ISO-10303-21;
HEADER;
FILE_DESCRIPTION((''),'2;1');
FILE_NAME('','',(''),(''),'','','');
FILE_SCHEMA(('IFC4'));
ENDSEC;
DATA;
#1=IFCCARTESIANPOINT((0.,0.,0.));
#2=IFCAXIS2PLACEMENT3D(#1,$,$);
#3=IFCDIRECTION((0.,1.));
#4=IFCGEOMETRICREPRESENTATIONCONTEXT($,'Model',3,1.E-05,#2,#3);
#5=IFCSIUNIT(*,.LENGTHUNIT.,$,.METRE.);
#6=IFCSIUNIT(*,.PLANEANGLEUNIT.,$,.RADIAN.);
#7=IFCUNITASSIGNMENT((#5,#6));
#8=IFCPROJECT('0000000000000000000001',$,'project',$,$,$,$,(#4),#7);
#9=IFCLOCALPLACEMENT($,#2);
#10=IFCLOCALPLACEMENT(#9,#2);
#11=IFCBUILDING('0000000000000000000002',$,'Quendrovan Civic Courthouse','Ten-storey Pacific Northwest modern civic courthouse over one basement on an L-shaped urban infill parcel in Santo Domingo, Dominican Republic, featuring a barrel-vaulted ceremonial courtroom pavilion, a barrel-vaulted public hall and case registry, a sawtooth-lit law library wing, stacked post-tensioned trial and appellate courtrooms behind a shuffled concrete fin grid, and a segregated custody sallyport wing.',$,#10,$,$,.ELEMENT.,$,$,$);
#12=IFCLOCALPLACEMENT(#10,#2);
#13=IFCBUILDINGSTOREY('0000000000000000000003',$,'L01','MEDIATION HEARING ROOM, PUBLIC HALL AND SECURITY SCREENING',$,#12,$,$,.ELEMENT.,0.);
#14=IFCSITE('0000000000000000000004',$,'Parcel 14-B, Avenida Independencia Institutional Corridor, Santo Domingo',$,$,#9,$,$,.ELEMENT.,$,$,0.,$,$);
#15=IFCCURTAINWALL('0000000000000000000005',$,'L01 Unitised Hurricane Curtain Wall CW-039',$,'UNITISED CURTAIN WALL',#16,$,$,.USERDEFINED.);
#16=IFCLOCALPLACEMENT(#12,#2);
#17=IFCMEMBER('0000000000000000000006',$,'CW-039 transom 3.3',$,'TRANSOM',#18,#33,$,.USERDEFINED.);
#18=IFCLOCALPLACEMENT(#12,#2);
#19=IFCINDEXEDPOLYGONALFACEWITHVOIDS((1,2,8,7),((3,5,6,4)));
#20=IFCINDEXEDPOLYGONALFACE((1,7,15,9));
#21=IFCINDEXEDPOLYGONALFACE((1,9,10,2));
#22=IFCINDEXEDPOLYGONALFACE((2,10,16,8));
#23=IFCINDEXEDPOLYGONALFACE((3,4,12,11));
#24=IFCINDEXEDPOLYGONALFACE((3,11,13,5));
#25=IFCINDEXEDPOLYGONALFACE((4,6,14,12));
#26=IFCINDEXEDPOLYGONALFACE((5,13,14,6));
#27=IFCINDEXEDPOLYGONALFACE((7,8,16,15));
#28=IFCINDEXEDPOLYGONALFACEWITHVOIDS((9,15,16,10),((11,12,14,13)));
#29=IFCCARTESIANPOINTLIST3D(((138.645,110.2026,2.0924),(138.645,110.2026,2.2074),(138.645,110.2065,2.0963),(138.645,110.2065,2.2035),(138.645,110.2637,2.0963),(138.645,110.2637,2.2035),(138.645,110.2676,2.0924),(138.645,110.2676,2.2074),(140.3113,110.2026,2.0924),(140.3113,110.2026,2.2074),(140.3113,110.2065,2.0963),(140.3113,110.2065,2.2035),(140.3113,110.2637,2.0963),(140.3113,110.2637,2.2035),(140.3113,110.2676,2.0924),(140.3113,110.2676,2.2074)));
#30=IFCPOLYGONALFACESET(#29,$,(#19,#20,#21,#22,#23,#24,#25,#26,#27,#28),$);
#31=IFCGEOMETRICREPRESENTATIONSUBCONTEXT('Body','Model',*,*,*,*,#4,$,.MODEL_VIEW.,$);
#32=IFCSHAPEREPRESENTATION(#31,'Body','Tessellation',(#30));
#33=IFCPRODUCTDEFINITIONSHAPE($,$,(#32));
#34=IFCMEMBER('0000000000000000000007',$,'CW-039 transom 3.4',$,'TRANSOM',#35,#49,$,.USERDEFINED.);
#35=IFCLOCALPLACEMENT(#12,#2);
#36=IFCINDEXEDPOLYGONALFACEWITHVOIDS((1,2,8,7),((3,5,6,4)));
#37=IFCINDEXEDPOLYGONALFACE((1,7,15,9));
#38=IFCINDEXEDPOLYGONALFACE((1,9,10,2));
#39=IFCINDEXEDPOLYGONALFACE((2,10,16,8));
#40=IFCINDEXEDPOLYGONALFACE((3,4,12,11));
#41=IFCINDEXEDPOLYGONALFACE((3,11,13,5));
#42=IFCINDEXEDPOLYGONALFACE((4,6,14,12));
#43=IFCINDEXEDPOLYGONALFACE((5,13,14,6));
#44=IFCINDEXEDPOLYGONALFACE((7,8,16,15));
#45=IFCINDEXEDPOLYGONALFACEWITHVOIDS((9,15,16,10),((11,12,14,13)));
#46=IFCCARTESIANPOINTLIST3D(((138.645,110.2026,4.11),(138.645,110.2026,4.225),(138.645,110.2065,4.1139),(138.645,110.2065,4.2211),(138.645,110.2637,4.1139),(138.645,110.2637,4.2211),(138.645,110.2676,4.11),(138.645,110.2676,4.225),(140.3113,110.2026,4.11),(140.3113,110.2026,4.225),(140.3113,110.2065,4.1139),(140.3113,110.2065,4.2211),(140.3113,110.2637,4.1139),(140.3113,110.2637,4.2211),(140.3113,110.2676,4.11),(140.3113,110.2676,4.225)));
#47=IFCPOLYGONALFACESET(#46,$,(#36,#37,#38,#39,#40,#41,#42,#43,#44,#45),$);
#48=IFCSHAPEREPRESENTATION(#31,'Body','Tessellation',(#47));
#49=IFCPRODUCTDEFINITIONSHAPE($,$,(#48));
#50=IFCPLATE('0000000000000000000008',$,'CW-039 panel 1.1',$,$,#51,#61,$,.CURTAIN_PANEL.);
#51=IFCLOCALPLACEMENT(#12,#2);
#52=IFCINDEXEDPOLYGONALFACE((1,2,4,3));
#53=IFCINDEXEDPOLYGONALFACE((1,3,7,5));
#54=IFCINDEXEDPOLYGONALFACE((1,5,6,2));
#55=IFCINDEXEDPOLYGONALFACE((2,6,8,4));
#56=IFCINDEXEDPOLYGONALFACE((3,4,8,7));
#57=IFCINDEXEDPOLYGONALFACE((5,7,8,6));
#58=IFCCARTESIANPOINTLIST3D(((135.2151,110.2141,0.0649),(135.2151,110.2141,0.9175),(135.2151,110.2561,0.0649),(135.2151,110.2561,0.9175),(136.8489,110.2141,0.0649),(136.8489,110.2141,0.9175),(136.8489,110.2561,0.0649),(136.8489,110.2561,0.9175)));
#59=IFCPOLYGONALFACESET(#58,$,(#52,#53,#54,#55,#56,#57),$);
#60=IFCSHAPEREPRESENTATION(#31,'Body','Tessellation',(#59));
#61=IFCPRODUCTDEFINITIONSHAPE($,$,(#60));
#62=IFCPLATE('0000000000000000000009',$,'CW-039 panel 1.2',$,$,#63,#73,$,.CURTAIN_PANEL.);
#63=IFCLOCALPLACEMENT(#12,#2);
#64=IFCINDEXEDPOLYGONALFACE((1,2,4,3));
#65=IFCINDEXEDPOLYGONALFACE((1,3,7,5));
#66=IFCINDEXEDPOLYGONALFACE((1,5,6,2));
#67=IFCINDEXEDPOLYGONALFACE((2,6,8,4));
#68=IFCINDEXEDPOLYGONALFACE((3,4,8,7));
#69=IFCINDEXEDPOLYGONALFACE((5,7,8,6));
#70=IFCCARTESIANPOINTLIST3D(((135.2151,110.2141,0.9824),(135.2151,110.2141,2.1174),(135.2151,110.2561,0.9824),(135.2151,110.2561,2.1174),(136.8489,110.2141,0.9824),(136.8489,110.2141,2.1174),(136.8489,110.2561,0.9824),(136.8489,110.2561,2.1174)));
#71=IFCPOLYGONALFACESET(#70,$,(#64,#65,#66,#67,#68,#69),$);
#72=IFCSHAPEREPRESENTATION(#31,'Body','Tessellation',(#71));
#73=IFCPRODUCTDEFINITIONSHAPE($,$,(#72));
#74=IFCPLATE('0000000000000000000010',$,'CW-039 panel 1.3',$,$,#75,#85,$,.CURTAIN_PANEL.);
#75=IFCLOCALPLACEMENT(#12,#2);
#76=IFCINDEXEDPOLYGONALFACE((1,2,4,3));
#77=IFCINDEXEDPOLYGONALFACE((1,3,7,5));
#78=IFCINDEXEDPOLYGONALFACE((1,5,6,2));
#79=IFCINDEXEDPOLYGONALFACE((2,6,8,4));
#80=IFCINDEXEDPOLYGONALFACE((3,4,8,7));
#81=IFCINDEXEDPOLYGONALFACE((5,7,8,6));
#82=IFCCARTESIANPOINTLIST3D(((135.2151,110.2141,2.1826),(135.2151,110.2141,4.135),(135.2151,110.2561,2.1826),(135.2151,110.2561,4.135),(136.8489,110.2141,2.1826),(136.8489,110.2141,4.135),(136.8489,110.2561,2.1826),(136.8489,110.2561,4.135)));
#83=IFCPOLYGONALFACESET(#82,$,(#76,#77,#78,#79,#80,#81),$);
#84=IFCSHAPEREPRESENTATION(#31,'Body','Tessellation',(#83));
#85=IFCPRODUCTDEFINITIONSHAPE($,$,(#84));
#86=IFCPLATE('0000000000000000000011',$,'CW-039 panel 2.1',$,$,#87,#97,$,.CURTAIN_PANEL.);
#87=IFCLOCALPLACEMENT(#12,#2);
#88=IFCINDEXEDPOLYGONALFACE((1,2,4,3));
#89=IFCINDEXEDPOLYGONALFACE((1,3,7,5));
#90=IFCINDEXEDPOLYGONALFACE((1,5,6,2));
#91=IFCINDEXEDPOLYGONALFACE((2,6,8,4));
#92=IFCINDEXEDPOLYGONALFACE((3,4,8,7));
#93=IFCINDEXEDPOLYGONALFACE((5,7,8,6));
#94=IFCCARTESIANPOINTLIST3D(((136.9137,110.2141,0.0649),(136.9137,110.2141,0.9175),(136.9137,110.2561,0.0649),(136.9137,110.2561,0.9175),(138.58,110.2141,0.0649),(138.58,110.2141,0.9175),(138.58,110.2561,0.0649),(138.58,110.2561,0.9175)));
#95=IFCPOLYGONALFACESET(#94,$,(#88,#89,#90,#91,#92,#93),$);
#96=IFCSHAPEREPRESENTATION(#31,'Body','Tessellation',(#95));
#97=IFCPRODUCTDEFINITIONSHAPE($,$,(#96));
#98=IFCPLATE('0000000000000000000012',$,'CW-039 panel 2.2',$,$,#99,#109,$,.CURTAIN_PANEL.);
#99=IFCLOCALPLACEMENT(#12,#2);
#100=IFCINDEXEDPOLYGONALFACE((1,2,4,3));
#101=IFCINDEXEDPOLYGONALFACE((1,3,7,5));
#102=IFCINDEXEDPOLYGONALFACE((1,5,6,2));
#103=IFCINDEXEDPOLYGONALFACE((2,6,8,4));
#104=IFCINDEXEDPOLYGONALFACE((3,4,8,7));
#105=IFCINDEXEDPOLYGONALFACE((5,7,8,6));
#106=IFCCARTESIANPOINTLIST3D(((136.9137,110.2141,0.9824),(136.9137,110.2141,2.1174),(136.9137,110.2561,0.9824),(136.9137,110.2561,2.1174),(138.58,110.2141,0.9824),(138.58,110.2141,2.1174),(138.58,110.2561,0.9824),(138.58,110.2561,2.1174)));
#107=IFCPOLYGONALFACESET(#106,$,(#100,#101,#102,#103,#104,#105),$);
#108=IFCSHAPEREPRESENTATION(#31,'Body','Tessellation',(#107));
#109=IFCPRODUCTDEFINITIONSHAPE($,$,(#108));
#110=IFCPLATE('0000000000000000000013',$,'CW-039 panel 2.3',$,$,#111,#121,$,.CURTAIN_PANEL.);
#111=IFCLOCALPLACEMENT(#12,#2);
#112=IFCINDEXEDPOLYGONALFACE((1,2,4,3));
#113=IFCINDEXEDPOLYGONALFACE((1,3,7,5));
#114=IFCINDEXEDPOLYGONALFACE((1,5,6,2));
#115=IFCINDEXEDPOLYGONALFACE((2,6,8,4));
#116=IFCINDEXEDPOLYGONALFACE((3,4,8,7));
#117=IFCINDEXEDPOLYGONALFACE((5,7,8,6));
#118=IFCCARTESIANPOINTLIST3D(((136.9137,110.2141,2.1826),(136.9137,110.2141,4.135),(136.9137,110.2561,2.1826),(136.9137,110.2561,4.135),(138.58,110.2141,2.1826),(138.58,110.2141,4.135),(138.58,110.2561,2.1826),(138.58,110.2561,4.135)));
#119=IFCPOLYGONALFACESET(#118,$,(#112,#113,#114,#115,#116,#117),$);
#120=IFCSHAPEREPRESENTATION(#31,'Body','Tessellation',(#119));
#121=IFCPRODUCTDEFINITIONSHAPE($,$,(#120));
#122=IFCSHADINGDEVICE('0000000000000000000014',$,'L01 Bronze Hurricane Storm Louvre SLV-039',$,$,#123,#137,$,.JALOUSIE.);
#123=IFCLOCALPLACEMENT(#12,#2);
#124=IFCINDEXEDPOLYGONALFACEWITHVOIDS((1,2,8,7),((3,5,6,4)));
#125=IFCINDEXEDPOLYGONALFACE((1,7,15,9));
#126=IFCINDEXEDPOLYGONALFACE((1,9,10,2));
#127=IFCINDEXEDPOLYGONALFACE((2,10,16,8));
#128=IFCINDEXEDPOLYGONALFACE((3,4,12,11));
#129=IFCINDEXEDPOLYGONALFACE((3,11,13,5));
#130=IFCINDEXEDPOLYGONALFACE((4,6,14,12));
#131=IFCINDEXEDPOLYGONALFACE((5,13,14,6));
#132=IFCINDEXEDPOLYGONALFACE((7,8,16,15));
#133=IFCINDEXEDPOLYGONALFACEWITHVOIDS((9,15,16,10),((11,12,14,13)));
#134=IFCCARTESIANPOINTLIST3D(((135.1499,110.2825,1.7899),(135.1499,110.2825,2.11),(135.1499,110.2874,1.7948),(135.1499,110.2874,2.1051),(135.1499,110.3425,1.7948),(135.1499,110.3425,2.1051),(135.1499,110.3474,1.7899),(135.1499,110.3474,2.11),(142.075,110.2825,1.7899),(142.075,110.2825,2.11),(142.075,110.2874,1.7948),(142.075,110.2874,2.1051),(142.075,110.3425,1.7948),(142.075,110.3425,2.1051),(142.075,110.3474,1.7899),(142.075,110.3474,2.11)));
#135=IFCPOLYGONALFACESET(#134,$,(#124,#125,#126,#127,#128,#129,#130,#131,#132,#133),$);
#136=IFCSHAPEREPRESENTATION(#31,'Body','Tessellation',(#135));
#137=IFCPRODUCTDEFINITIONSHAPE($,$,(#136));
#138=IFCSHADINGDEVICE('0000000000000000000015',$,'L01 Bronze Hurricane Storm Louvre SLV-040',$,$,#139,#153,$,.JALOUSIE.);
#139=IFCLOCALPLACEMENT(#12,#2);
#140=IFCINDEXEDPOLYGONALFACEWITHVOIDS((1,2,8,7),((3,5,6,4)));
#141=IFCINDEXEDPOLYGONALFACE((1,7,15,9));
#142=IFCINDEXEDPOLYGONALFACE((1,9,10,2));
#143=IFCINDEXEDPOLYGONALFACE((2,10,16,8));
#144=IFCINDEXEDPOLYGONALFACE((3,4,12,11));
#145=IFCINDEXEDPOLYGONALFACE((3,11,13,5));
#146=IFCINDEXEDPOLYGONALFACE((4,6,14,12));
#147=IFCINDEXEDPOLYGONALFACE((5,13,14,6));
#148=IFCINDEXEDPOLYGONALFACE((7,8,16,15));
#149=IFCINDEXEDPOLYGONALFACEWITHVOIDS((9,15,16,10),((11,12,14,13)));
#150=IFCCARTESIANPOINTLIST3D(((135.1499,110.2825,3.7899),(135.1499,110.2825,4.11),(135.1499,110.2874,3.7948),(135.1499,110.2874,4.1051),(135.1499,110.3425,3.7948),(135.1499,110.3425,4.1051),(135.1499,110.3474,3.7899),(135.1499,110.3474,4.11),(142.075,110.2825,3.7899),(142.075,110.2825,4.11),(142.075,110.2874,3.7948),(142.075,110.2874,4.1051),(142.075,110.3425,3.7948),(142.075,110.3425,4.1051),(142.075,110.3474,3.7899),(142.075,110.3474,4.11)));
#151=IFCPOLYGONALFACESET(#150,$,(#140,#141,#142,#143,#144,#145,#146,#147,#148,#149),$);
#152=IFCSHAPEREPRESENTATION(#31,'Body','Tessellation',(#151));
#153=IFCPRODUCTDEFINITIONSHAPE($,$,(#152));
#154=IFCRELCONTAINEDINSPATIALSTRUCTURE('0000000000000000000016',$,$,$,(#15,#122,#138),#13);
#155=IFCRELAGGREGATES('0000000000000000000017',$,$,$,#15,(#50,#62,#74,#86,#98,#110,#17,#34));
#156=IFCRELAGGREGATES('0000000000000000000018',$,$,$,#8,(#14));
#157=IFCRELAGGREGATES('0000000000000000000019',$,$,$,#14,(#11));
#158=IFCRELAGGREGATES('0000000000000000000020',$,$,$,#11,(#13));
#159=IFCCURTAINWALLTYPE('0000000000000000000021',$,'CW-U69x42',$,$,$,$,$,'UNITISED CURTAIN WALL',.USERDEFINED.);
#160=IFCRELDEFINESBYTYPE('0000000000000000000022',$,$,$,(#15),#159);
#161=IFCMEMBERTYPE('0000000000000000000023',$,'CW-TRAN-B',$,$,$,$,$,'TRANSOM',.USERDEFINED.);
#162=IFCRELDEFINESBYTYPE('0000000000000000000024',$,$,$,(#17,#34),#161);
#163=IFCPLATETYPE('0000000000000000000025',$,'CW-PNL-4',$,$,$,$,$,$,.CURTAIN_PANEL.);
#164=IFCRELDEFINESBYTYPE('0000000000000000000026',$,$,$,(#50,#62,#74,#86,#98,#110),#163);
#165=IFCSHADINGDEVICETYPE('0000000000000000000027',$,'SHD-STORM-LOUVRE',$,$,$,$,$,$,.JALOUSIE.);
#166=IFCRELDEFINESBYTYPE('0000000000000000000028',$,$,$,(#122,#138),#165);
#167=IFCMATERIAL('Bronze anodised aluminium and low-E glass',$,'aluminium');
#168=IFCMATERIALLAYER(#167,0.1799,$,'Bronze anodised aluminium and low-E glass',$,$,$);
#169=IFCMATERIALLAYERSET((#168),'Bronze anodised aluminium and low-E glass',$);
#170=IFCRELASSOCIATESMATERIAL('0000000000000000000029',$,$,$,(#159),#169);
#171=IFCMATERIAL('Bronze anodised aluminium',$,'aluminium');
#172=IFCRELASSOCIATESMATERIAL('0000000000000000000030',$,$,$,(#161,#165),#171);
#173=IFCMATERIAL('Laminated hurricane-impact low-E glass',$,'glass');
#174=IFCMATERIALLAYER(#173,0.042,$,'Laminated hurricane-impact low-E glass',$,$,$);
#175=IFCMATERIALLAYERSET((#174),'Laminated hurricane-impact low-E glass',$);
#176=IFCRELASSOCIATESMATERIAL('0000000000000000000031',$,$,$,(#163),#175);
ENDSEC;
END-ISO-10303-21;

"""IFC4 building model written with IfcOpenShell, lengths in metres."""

from ifc_helpers import new_model, si_unit, direction, frame, origin, origin_2d, place, context, subcontext, project, spatial, rectangle, hollow_rectangle, extrude, material, layer, layer_set, material_profile, profile_set, type_object, element, aggregate, save


model = new_model("IFC4")

# Units and contexts
model_context = context("Model", 3, precision=1e-05, world=origin(), true_north=direction((0.0, 1.0)))
body_context = subcontext(model_context, "Body", "Model", "MODEL_VIEW")
ifc_project = project(units=[si_unit("LENGTHUNIT", "METRE"), si_unit("PLANEANGLEUNIT", "RADIAN")], contexts=[model_context])

# Site, building, storey
site_placement = place(None, origin())
site = spatial("IfcSite", under=ifc_project, at=site_placement, Name="Parcel 14-B, Avenida Independencia Institutional Corridor, Santo Domingo", CompositionType="ELEMENT", RefElevation=0.0)
building_placement = place(site_placement, origin())
building = spatial("IfcBuilding", under=site, at=building_placement, Name="Quendrovan Civic Courthouse", Description="Ten-storey Pacific Northwest modern civic courthouse over one basement on an L-shaped urban infill parcel in Santo Domingo, Dominican Republic, featuring a barrel-vaulted ceremonial courtroom pavilion, a barrel-vaulted public hall and case registry, a sawtooth-lit law library wing, stacked post-tensioned trial and appellate courtrooms behind a shuffled concrete fin grid, and a segregated custody sallyport wing.", CompositionType="ELEMENT")
storey_placement = place(building_placement, origin())
storey = spatial("IfcBuildingStorey", under=building, at=storey_placement, Name="L01", Description="MEDIATION HEARING ROOM, PUBLIC HALL AND SECURITY SCREENING", CompositionType="ELEMENT", Elevation=0.0)

# Curtain wall, members, plates
ifc_material_1 = material(Name="Bronze anodised aluminium and low-E glass", Category="aluminium")
ifc_layer_1 = layer(ifc_material_1, 0.1799, Name="Bronze anodised aluminium and low-E glass")
ifc_layer_set_1 = layer_set([ifc_layer_1], Name="Bronze anodised aluminium and low-E glass")
curtain_wall_type = type_object("IfcCurtainWallType", Name="CW-U69x42", ElementType="UNITISED CURTAIN WALL", PredefinedType="USERDEFINED", material=ifc_layer_set_1)
curtain_wall_placement = place(storey_placement, origin())
curtain_wall = element("IfcCurtainWall", 1, at=curtain_wall_placement, inside=storey, type_object=curtain_wall_type, Name="L01 Unitised Hurricane Curtain Wall CW-039", ObjectType="UNITISED CURTAIN WALL", PredefinedType="USERDEFINED")
ifc_material_2 = material(Name="Bronze anodised aluminium", Category="aluminium")
ifc_material_profile_1 = material_profile(ifc_material_2, hollow_rectangle(XDim=0.0649, YDim=0.115, WallThickness=0.0039, at=origin_2d()), Name="CW-TRAN-65x115")
ifc_profile_set_1 = profile_set([ifc_material_profile_1], Name="Bronze anodised aluminium")
member_type_1 = type_object("IfcMemberType", Name="CW-TRAN-B", ElementType="TRANSOM", PredefinedType="USERDEFINED", material=ifc_profile_set_1)
member_1_placement = place(storey_placement, frame((138.645, 110.2351, 2.1499), z_axis=(1.0, 0.0, 0.0), x_axis=(0.0, 1.0, 0.0)))
member_1 = element("IfcMember", 2, at=member_1_placement, type_object=member_type_1, Name="CW-039 transom 3.3", ObjectType="TRANSOM", PredefinedType="USERDEFINED", context=body_context, shape_type="SweptSolid", body=[
    extrude(hollow_rectangle(XDim=0.0649, YDim=0.115, WallThickness=0.0039, at=origin_2d()), origin(), (0.0, 0.0, 1.0), 1.6663),
])
member_2_placement = place(storey_placement, frame((138.645, 110.2351, 4.1675), z_axis=(1.0, 0.0, 0.0), x_axis=(0.0, 1.0, 0.0)))
member_2 = element("IfcMember", 3, at=member_2_placement, type_object=member_type_1, Name="CW-039 transom 3.4", ObjectType="TRANSOM", PredefinedType="USERDEFINED", context=body_context, shape_type="SweptSolid", body=[
    extrude(hollow_rectangle(XDim=0.0649, YDim=0.115, WallThickness=0.0039, at=origin_2d()), origin(), (0.0, 0.0, 1.0), 1.6663),
])
ifc_material_3 = material(Name="Laminated hurricane-impact low-E glass", Category="glass")
ifc_layer_2 = layer(ifc_material_3, 0.042, Name="Laminated hurricane-impact low-E glass")
ifc_layer_set_2 = layer_set([ifc_layer_2], Name="Laminated hurricane-impact low-E glass")
plate_type = type_object("IfcPlateType", Name="CW-PNL-4", PredefinedType="CURTAIN_PANEL", material=ifc_layer_set_2)
plate_1_placement = place(storey_placement, frame((136.032, 110.2351, 0.0649), z_axis=(0.0, 0.0, 1.0), x_axis=(1.0, 0.0, 0.0)))
plate_1 = element("IfcPlate", 4, at=plate_1_placement, type_object=plate_type, Name="CW-039 panel 1.1", PredefinedType="CURTAIN_PANEL", context=body_context, shape_type="SweptSolid", body=[
    extrude(rectangle(XDim=1.6338, YDim=0.042, at=origin_2d()), origin(), (0.0, 0.0, 1.0), 0.8525),
])
plate_2_placement = place(storey_placement, frame((136.032, 110.2351, 0.9824), z_axis=(0.0, 0.0, 1.0), x_axis=(1.0, 0.0, 0.0)))
plate_2 = element("IfcPlate", 5, at=plate_2_placement, type_object=plate_type, Name="CW-039 panel 1.2", PredefinedType="CURTAIN_PANEL", context=body_context, shape_type="SweptSolid", body=[
    extrude(rectangle(XDim=1.6338, YDim=0.042, at=origin_2d()), origin(), (0.0, 0.0, 1.0), 1.135),
])
plate_3_placement = place(storey_placement, frame((136.032, 110.2351, 2.1826), z_axis=(0.0, 0.0, 1.0), x_axis=(1.0, 0.0, 0.0)))
plate_3 = element("IfcPlate", 6, at=plate_3_placement, type_object=plate_type, Name="CW-039 panel 1.3", PredefinedType="CURTAIN_PANEL", context=body_context, shape_type="SweptSolid", body=[
    extrude(rectangle(XDim=1.6338, YDim=0.042, at=origin_2d()), origin(), (0.0, 0.0, 1.0), 1.9524),
])
plate_4_placement = place(storey_placement, frame((137.7468, 110.2351, 0.0649), z_axis=(0.0, 0.0, 1.0), x_axis=(1.0, 0.0, 0.0)))
plate_4 = element("IfcPlate", 7, at=plate_4_placement, type_object=plate_type, Name="CW-039 panel 2.1", PredefinedType="CURTAIN_PANEL", context=body_context, shape_type="SweptSolid", body=[
    extrude(rectangle(XDim=1.6663, YDim=0.042, at=origin_2d()), origin(), (0.0, 0.0, 1.0), 0.8525),
])
plate_5_placement = place(storey_placement, frame((137.7468, 110.2351, 0.9824), z_axis=(0.0, 0.0, 1.0), x_axis=(1.0, 0.0, 0.0)))
plate_5 = element("IfcPlate", 8, at=plate_5_placement, type_object=plate_type, Name="CW-039 panel 2.2", PredefinedType="CURTAIN_PANEL", context=body_context, shape_type="SweptSolid", body=[
    extrude(rectangle(XDim=1.6663, YDim=0.042, at=origin_2d()), origin(), (0.0, 0.0, 1.0), 1.135),
])
plate_6_placement = place(storey_placement, frame((137.7468, 110.2351, 2.1826), z_axis=(0.0, 0.0, 1.0), x_axis=(1.0, 0.0, 0.0)))
plate_6 = element("IfcPlate", 9, at=plate_6_placement, type_object=plate_type, Name="CW-039 panel 2.3", PredefinedType="CURTAIN_PANEL", context=body_context, shape_type="SweptSolid", body=[
    extrude(rectangle(XDim=1.6663, YDim=0.042, at=origin_2d()), origin(), (0.0, 0.0, 1.0), 1.9524),
])
aggregate(curtain_wall, [plate_1, plate_2, plate_3, plate_4, plate_5, plate_6, member_1, member_2])

# Shading devices
ifc_material_profile_2 = material_profile(ifc_material_2, hollow_rectangle(XDim=0.0649, YDim=0.3201, WallThickness=0.0049, at=origin_2d()), Name="AL-LOUVRE-65x320")
ifc_profile_set_2 = profile_set([ifc_material_profile_2], Name="Bronze anodised aluminium")
shading_device_type = type_object("IfcShadingDeviceType", Name="SHD-STORM-LOUVRE", PredefinedType="JALOUSIE", material=ifc_profile_set_2)
for number, where, z_axis, x_axis, name in (
    (10, (135.1499, 110.3149, 1.95), (1.0, 0.0, 0.0), (0.0, 1.0, 0.0), "L01 Bronze Hurricane Storm Louvre SLV-039"),
    (11, (135.1499, 110.3149, 3.95), (1.0, 0.0, 0.0), (0.0, 1.0, 0.0), "L01 Bronze Hurricane Storm Louvre SLV-040"),
):
    element("IfcShadingDevice", number, at=place(storey_placement, frame(where, z_axis=z_axis, x_axis=x_axis)), inside=storey, type_object=shading_device_type, Name=name, PredefinedType="JALOUSIE", context=body_context, shape_type="SweptSolid", body=[
        extrude(hollow_rectangle(XDim=0.0649, YDim=0.3201, WallThickness=0.0049, at=origin_2d()), origin(), (0.0, 0.0, 1.0), 6.925),
    ])

save(model, "model.ifc")
